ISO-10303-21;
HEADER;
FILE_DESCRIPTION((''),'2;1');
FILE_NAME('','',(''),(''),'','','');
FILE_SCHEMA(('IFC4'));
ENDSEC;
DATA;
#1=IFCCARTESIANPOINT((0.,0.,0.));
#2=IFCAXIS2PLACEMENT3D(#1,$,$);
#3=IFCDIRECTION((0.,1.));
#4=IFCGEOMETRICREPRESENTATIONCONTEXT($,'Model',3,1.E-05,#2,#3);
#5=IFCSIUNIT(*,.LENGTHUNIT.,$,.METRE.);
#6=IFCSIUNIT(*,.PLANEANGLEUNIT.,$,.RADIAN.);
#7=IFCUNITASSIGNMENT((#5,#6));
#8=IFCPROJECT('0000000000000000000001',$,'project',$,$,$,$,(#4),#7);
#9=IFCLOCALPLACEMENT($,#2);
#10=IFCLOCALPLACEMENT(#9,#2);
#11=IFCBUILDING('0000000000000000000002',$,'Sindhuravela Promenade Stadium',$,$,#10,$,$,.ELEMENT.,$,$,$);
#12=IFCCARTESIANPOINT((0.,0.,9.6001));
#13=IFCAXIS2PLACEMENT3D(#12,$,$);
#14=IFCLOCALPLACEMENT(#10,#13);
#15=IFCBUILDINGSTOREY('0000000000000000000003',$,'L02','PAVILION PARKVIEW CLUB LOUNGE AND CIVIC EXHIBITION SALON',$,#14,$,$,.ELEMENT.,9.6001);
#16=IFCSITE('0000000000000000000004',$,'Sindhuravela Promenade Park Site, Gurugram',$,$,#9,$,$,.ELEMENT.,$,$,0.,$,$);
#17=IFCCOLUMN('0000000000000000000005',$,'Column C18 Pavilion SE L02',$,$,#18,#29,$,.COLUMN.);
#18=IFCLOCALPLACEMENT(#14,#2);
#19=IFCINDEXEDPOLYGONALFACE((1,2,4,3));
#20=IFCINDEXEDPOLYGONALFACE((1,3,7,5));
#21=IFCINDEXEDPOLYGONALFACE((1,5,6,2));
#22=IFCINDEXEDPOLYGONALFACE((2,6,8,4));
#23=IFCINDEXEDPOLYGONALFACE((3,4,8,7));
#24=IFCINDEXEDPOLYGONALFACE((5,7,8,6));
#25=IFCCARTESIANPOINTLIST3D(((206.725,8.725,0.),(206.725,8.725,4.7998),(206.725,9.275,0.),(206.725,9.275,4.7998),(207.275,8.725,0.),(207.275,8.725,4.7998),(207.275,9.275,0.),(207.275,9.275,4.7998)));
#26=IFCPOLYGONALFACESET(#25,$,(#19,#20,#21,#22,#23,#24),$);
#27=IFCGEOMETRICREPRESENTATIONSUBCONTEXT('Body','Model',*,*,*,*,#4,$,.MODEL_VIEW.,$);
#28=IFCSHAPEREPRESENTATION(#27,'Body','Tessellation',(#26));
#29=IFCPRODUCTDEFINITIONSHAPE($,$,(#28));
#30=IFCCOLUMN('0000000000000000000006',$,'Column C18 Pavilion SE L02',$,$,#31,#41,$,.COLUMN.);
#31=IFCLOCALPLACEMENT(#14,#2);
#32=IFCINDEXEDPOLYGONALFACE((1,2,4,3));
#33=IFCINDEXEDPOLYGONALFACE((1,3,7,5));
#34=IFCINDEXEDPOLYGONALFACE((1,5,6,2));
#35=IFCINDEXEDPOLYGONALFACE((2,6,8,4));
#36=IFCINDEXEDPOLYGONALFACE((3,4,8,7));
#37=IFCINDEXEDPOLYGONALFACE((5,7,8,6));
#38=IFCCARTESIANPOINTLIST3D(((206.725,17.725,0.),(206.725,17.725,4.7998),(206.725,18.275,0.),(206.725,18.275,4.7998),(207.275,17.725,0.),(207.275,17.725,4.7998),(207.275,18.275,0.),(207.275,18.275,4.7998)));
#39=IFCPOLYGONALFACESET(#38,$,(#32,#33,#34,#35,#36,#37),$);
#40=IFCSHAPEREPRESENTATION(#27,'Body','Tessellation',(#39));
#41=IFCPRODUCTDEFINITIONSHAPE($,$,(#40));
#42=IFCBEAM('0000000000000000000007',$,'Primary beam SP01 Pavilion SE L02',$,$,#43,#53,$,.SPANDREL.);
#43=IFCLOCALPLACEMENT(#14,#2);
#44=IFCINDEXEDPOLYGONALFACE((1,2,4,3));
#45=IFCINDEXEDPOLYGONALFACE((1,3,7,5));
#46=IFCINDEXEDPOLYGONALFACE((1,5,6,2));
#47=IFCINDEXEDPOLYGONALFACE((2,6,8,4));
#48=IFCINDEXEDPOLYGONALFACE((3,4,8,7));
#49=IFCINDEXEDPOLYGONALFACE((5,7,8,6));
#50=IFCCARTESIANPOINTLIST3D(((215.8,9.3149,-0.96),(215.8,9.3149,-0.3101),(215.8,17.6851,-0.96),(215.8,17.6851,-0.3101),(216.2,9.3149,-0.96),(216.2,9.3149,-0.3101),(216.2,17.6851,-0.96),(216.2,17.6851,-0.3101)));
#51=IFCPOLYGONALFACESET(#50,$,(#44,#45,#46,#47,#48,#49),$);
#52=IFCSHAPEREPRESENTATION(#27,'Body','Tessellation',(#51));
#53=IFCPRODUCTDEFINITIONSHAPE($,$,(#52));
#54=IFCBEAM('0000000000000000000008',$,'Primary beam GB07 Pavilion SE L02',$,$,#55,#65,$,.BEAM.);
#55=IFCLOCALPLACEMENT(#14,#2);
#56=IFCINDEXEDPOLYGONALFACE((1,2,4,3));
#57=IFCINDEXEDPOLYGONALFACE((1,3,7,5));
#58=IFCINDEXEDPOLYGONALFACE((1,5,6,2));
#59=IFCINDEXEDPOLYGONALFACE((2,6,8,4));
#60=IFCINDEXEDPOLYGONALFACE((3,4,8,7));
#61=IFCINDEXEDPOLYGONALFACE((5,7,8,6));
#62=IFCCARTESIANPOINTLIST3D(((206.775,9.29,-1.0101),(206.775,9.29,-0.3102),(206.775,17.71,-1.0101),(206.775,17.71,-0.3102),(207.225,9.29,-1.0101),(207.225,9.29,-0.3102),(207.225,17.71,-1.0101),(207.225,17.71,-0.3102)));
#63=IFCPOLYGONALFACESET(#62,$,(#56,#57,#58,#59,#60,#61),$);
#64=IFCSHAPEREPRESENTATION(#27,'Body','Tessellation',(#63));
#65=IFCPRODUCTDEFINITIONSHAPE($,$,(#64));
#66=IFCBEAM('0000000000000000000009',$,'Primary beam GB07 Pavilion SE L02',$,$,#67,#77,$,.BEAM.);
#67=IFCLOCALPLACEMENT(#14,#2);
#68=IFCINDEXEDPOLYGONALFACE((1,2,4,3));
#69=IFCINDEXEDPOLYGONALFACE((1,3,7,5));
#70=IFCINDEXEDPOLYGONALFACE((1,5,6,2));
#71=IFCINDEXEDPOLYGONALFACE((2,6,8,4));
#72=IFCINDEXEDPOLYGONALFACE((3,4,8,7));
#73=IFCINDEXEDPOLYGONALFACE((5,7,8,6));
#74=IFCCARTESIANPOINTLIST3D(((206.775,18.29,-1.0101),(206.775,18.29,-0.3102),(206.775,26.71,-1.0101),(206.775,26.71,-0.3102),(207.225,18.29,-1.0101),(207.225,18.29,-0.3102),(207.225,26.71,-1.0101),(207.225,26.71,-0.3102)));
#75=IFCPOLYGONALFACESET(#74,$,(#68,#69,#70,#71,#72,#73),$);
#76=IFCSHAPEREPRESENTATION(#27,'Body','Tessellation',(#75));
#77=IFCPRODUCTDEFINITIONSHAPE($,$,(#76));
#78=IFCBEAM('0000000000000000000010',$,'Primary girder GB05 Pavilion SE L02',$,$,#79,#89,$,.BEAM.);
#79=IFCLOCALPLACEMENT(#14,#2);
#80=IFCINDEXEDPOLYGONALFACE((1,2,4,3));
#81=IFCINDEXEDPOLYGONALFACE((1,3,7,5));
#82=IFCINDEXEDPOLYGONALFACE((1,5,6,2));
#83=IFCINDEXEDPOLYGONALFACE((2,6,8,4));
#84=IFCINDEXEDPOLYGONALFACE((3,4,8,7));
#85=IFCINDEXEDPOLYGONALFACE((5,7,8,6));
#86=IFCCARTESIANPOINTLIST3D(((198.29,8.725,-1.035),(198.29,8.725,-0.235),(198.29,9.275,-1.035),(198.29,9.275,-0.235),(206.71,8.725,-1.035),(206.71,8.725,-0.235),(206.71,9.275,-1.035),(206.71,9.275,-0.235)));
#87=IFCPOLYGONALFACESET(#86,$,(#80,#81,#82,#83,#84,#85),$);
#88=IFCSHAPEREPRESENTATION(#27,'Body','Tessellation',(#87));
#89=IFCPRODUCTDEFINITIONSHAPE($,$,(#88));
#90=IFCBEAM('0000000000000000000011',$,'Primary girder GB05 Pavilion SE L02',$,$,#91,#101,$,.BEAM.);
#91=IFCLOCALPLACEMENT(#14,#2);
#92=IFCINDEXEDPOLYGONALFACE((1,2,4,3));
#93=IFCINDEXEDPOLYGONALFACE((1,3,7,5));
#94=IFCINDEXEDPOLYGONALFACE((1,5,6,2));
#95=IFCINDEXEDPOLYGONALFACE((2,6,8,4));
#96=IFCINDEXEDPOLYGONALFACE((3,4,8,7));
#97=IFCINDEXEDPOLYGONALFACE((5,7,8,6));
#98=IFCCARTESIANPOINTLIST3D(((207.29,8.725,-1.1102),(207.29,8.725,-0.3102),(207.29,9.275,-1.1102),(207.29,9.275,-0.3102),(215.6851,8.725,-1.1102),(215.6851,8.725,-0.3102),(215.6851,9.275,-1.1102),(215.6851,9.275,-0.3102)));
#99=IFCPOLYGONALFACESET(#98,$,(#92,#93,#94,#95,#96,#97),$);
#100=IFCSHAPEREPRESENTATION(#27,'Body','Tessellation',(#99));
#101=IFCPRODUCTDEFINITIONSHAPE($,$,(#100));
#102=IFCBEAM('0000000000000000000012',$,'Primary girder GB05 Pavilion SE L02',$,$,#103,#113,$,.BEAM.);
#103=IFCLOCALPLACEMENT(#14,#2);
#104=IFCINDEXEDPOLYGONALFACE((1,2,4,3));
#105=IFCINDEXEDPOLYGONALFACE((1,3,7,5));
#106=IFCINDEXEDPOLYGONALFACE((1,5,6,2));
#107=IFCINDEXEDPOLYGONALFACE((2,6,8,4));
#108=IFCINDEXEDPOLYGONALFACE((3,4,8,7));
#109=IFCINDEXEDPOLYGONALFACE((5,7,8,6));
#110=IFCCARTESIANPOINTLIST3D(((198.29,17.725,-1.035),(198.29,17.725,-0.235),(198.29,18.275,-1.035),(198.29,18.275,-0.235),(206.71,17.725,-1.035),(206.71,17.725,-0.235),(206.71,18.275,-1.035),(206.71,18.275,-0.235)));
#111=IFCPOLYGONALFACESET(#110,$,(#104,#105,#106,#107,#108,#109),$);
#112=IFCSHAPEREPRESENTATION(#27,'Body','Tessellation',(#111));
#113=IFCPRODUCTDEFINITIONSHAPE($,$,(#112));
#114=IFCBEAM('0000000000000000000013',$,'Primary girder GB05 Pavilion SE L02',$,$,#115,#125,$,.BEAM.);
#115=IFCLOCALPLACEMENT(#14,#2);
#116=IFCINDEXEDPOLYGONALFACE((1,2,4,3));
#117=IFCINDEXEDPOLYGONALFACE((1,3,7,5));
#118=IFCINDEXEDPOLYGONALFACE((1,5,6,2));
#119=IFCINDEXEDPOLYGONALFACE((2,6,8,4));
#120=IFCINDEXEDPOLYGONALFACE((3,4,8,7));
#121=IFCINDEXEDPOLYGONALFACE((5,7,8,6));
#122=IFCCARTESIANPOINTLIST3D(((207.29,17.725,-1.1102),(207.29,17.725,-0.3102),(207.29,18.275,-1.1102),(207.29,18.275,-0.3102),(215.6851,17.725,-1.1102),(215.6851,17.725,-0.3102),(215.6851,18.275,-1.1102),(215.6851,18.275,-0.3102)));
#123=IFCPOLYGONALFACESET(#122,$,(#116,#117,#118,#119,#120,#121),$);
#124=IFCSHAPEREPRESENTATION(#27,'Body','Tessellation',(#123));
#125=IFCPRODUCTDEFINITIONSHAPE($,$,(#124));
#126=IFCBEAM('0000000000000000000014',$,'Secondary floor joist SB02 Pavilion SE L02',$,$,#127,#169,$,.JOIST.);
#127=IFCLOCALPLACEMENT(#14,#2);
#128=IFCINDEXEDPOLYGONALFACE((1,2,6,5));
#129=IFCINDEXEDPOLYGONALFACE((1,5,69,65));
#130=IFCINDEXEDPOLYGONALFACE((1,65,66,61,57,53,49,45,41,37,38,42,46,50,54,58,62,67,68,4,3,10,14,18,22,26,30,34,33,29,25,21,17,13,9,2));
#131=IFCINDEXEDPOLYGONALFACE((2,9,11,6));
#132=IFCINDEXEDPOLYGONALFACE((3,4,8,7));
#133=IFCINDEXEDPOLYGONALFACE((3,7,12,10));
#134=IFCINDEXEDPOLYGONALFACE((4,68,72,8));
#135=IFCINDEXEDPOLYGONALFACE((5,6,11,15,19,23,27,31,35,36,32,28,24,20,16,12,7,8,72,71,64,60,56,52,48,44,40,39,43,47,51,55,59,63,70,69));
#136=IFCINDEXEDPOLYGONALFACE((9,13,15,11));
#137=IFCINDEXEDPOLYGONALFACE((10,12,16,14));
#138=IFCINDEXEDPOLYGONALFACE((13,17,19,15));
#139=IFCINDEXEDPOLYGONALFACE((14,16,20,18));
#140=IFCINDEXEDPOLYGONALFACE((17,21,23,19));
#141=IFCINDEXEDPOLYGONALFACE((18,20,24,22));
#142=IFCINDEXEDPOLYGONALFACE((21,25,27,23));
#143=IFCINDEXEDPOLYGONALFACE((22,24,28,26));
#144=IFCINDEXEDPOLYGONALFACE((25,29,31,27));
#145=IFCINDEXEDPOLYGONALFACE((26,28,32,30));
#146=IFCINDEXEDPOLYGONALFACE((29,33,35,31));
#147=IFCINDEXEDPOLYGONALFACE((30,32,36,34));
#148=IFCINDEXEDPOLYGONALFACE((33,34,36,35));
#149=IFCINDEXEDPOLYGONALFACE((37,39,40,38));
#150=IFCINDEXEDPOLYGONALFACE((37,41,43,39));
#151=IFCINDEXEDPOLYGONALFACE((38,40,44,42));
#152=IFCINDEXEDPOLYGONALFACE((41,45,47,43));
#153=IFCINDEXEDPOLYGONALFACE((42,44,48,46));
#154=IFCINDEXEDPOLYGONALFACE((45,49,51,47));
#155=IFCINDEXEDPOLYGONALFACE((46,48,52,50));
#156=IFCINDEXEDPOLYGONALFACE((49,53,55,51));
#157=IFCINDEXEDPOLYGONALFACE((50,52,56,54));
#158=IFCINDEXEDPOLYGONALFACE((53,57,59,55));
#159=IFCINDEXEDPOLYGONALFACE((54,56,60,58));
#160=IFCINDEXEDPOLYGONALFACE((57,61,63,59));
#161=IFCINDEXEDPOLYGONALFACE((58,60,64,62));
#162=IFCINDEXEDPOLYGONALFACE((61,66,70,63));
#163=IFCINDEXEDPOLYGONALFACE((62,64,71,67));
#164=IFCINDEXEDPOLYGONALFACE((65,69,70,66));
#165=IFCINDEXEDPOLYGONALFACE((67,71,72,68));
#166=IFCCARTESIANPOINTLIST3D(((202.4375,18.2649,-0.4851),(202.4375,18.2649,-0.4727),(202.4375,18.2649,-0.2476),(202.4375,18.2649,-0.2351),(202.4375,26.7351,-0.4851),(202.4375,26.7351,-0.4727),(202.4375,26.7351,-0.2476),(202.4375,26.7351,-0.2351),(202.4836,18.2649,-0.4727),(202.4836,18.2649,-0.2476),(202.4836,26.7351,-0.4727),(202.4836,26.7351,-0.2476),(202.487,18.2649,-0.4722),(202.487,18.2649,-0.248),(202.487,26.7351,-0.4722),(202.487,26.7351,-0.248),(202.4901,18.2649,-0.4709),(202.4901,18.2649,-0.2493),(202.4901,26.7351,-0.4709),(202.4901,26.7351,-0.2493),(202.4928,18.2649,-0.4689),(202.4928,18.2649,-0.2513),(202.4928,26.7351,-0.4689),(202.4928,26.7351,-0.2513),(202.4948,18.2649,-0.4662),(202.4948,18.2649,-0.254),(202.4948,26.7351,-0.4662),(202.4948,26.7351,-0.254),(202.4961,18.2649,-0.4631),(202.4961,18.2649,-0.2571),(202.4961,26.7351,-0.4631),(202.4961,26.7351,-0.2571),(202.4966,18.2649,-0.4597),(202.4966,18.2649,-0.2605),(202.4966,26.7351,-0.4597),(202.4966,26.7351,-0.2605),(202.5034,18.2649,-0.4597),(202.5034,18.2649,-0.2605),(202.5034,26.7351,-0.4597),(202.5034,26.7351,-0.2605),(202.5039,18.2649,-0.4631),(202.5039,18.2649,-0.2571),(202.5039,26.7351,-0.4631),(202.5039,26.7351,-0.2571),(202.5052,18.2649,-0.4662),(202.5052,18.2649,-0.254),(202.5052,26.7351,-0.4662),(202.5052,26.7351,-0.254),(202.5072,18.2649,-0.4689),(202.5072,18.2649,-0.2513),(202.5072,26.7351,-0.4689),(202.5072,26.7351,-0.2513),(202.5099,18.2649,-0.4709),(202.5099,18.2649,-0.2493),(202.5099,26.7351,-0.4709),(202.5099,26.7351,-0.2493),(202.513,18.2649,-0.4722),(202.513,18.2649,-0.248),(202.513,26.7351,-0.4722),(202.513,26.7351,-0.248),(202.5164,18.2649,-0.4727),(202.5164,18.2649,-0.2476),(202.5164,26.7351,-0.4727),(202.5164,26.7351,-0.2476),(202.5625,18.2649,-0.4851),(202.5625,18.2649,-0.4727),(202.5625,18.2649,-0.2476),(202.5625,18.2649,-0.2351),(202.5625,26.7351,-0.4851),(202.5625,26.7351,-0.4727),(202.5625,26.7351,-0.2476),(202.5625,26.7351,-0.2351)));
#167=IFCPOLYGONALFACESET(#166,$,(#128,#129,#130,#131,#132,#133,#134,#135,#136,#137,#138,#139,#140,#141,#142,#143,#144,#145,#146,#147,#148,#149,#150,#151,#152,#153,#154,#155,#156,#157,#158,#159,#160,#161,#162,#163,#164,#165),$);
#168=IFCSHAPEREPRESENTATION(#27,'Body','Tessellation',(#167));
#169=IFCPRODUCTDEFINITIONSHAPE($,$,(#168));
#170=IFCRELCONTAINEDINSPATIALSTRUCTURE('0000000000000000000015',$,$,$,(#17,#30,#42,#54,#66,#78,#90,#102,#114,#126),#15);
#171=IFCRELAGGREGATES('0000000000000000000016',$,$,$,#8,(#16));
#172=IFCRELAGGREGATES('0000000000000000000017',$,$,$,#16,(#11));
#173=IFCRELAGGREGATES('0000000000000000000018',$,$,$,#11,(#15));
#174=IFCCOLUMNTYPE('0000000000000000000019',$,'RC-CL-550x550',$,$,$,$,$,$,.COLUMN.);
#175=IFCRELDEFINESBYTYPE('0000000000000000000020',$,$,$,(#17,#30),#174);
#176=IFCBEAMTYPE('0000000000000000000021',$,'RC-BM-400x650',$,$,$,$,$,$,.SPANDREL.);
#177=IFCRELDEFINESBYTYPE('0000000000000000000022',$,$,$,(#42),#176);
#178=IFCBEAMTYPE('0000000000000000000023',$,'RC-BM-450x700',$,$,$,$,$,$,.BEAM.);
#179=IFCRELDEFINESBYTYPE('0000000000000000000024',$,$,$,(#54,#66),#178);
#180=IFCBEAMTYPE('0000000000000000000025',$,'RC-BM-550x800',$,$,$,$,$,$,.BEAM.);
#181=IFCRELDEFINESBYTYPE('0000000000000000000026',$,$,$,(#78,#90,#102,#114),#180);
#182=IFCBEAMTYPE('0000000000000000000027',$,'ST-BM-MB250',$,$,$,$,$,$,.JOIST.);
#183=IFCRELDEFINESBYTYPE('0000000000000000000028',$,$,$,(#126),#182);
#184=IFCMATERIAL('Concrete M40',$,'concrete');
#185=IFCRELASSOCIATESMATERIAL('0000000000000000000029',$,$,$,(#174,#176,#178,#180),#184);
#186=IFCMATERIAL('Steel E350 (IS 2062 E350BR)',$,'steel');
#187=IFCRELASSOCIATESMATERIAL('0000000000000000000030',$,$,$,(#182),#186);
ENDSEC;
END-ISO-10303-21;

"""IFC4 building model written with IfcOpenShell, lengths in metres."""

from ifc_helpers import new_model, si_unit, direction, frame, origin, origin_2d, place, context, subcontext, project, spatial, rectangle, i_section, extrude, material, material_profile, profile_set, type_object, element, save


model = new_model("IFC4")

# Units and contexts
model_context = context("Model", 3, precision=1e-05, world=origin(), true_north=direction((0.0, 1.0)))
body_context = subcontext(model_context, "Body", "Model", "MODEL_VIEW")
ifc_project = project(units=[si_unit("LENGTHUNIT", "METRE"), si_unit("PLANEANGLEUNIT", "RADIAN")], contexts=[model_context])

# Site, building, storey
site_placement = place(None, origin())
site = spatial("IfcSite", under=ifc_project, at=site_placement, Name="Sindhuravela Promenade Park Site, Gurugram", CompositionType="ELEMENT", RefElevation=0.0)
building_placement = place(site_placement, origin())
building = spatial("IfcBuilding", under=site, at=building_placement, Name="Sindhuravela Promenade Stadium", CompositionType="ELEMENT")
storey_placement = place(building_placement, frame((0.0, 0.0, 9.6001)))
storey = spatial("IfcBuildingStorey", under=building, at=storey_placement, Name="L02", Description="PAVILION PARKVIEW CLUB LOUNGE AND CIVIC EXHIBITION SALON", CompositionType="ELEMENT", Elevation=9.6001)

# Columns
ifc_material_1 = material(Name="Concrete M40", Category="concrete")
ifc_material_profile_1 = material_profile(ifc_material_1, rectangle(XDim=0.55, YDim=0.55, at=origin_2d()), Name="RC 550x550")
ifc_profile_set_1 = profile_set([ifc_material_profile_1], Name="Concrete M40")
column_type = type_object("IfcColumnType", Name="RC-CL-550x550", PredefinedType="COLUMN", material=ifc_profile_set_1)
for number, where, z_axis, x_axis, name in (
    (1, (207.0, 9.0, 0.0), (0.0, 0.0, 1.0), (1.0, 0.0, 0.0), "Column C18 Pavilion SE L02"),
    (2, (207.0, 18.0, 0.0), (0.0, 0.0, 1.0), (1.0, 0.0, 0.0), "Column C18 Pavilion SE L02"),
):
    element("IfcColumn", number, at=place(storey_placement, frame(where, z_axis=z_axis, x_axis=x_axis)), inside=storey, type_object=column_type, Name=name, PredefinedType="COLUMN", context=body_context, shape_type="SweptSolid", body=[
        extrude(rectangle(XDim=0.55, YDim=0.55, at=origin_2d()), origin(), (0.0, 0.0, 1.0), 4.7998),
    ])

# Beams
ifc_material_profile_2 = material_profile(ifc_material_1, rectangle(XDim=0.3999, YDim=0.6499, at=origin_2d()), Name="RC 400x650")
ifc_profile_set_2 = profile_set([ifc_material_profile_2], Name="Concrete M40")
beam_type_1 = type_object("IfcBeamType", Name="RC-BM-400x650", PredefinedType="SPANDREL", material=ifc_profile_set_2)
beam_1_placement = place(storey_placement, frame((216.0, 9.3149, -0.635), z_axis=(0.0, 1.0, 0.0), x_axis=(-1.0, 0.0, 0.0)))
element("IfcBeam", 3, at=beam_1_placement, inside=storey, type_object=beam_type_1, Name="Primary beam SP01 Pavilion SE L02", PredefinedType="SPANDREL", context=body_context, shape_type="SweptSolid", body=[
    extrude(rectangle(XDim=0.3999, YDim=0.6499, at=origin_2d()), origin(), (0.0, 0.0, 1.0), 8.3701),
])
ifc_material_profile_3 = material_profile(ifc_material_1, rectangle(XDim=0.45, YDim=0.7, at=origin_2d()), Name="RC 450x700")
ifc_profile_set_3 = profile_set([ifc_material_profile_3], Name="Concrete M40")
beam_type_2 = type_object("IfcBeamType", Name="RC-BM-450x700", PredefinedType="BEAM", material=ifc_profile_set_3)
for number, where, z_axis, x_axis, name in (
    (4, (207.0, 9.29, -0.6602), (0.0, 1.0, 0.0), (-1.0, 0.0, 0.0), "Primary beam GB07 Pavilion SE L02"),
    (5, (207.0, 18.29, -0.6602), (0.0, 1.0, 0.0), (-1.0, 0.0, 0.0), "Primary beam GB07 Pavilion SE L02"),
):
    element("IfcBeam", number, at=place(storey_placement, frame(where, z_axis=z_axis, x_axis=x_axis)), inside=storey, type_object=beam_type_2, Name=name, PredefinedType="BEAM", context=body_context, shape_type="SweptSolid", body=[
        extrude(rectangle(XDim=0.45, YDim=0.7, at=origin_2d()), origin(), (0.0, 0.0, 1.0), 8.4199),
    ])
ifc_material_profile_4 = material_profile(ifc_material_1, rectangle(XDim=0.55, YDim=0.8, at=origin_2d()), Name="RC 550x800")
ifc_profile_set_4 = profile_set([ifc_material_profile_4], Name="Concrete M40")
beam_type_3 = type_object("IfcBeamType", Name="RC-BM-550x800", PredefinedType="BEAM", material=ifc_profile_set_4)
beam_2_placement = place(storey_placement, frame((198.29, 9.0, -0.635), z_axis=(1.0, 0.0, 0.0), x_axis=(0.0, 1.0, 0.0)))
element("IfcBeam", 6, at=beam_2_placement, inside=storey, type_object=beam_type_3, Name="Primary girder GB05 Pavilion SE L02", PredefinedType="BEAM", context=body_context, shape_type="SweptSolid", body=[
    extrude(rectangle(XDim=0.55, YDim=0.8, at=origin_2d()), origin(), (0.0, 0.0, 1.0), 8.4199),
])
beam_3_placement = place(storey_placement, frame((207.29, 9.0, -0.7102), z_axis=(1.0, 0.0, 0.0), x_axis=(0.0, 1.0, 0.0)))
element("IfcBeam", 7, at=beam_3_placement, inside=storey, type_object=beam_type_3, Name="Primary girder GB05 Pavilion SE L02", PredefinedType="BEAM", context=body_context, shape_type="SweptSolid", body=[
    extrude(rectangle(XDim=0.55, YDim=0.8, at=origin_2d()), origin(), (0.0, 0.0, 1.0), 8.395),
])
beam_4_placement = place(storey_placement, frame((198.29, 18.0, -0.635), z_axis=(1.0, 0.0, 0.0), x_axis=(0.0, 1.0, 0.0)))
element("IfcBeam", 8, at=beam_4_placement, inside=storey, type_object=beam_type_3, Name="Primary girder GB05 Pavilion SE L02", PredefinedType="BEAM", context=body_context, shape_type="SweptSolid", body=[
    extrude(rectangle(XDim=0.55, YDim=0.8, at=origin_2d()), origin(), (0.0, 0.0, 1.0), 8.4199),
])
beam_5_placement = place(storey_placement, frame((207.29, 18.0, -0.7102), z_axis=(1.0, 0.0, 0.0), x_axis=(0.0, 1.0, 0.0)))
element("IfcBeam", 9, at=beam_5_placement, inside=storey, type_object=beam_type_3, Name="Primary girder GB05 Pavilion SE L02", PredefinedType="BEAM", context=body_context, shape_type="SweptSolid", body=[
    extrude(rectangle(XDim=0.55, YDim=0.8, at=origin_2d()), origin(), (0.0, 0.0, 1.0), 8.395),
])
ifc_material_2 = material(Name="Steel E350 (IS 2062 E350BR)", Category="steel")
ifc_material_profile_5 = material_profile(ifc_material_2, i_section(OverallWidth=0.125, OverallDepth=0.25, WebThickness=0.0068, FlangeThickness=0.0125, FilletRadius=0.0129, at=origin_2d()), Name="ISMB 250")
ifc_profile_set_5 = profile_set([ifc_material_profile_5], Name="Steel E350 (IS 2062 E350BR)")
beam_type_4 = type_object("IfcBeamType", Name="ST-BM-MB250", PredefinedType="JOIST", material=ifc_profile_set_5)
beam_6_placement = place(storey_placement, frame((202.5, 18.2649, -0.3601), z_axis=(0.0, 1.0, 0.0), x_axis=(-1.0, 0.0, 0.0)))
element("IfcBeam", 10, at=beam_6_placement, inside=storey, type_object=beam_type_4, Name="Secondary floor joist SB02 Pavilion SE L02", PredefinedType="JOIST", context=body_context, shape_type="SweptSolid", body=[
    extrude(i_section(OverallWidth=0.125, OverallDepth=0.25, WebThickness=0.0068, FlangeThickness=0.0125, FilletRadius=0.0129, at=origin_2d()), origin(), (0.0, 0.0, 1.0), 8.4702),
])

save(model, "model.ifc")
